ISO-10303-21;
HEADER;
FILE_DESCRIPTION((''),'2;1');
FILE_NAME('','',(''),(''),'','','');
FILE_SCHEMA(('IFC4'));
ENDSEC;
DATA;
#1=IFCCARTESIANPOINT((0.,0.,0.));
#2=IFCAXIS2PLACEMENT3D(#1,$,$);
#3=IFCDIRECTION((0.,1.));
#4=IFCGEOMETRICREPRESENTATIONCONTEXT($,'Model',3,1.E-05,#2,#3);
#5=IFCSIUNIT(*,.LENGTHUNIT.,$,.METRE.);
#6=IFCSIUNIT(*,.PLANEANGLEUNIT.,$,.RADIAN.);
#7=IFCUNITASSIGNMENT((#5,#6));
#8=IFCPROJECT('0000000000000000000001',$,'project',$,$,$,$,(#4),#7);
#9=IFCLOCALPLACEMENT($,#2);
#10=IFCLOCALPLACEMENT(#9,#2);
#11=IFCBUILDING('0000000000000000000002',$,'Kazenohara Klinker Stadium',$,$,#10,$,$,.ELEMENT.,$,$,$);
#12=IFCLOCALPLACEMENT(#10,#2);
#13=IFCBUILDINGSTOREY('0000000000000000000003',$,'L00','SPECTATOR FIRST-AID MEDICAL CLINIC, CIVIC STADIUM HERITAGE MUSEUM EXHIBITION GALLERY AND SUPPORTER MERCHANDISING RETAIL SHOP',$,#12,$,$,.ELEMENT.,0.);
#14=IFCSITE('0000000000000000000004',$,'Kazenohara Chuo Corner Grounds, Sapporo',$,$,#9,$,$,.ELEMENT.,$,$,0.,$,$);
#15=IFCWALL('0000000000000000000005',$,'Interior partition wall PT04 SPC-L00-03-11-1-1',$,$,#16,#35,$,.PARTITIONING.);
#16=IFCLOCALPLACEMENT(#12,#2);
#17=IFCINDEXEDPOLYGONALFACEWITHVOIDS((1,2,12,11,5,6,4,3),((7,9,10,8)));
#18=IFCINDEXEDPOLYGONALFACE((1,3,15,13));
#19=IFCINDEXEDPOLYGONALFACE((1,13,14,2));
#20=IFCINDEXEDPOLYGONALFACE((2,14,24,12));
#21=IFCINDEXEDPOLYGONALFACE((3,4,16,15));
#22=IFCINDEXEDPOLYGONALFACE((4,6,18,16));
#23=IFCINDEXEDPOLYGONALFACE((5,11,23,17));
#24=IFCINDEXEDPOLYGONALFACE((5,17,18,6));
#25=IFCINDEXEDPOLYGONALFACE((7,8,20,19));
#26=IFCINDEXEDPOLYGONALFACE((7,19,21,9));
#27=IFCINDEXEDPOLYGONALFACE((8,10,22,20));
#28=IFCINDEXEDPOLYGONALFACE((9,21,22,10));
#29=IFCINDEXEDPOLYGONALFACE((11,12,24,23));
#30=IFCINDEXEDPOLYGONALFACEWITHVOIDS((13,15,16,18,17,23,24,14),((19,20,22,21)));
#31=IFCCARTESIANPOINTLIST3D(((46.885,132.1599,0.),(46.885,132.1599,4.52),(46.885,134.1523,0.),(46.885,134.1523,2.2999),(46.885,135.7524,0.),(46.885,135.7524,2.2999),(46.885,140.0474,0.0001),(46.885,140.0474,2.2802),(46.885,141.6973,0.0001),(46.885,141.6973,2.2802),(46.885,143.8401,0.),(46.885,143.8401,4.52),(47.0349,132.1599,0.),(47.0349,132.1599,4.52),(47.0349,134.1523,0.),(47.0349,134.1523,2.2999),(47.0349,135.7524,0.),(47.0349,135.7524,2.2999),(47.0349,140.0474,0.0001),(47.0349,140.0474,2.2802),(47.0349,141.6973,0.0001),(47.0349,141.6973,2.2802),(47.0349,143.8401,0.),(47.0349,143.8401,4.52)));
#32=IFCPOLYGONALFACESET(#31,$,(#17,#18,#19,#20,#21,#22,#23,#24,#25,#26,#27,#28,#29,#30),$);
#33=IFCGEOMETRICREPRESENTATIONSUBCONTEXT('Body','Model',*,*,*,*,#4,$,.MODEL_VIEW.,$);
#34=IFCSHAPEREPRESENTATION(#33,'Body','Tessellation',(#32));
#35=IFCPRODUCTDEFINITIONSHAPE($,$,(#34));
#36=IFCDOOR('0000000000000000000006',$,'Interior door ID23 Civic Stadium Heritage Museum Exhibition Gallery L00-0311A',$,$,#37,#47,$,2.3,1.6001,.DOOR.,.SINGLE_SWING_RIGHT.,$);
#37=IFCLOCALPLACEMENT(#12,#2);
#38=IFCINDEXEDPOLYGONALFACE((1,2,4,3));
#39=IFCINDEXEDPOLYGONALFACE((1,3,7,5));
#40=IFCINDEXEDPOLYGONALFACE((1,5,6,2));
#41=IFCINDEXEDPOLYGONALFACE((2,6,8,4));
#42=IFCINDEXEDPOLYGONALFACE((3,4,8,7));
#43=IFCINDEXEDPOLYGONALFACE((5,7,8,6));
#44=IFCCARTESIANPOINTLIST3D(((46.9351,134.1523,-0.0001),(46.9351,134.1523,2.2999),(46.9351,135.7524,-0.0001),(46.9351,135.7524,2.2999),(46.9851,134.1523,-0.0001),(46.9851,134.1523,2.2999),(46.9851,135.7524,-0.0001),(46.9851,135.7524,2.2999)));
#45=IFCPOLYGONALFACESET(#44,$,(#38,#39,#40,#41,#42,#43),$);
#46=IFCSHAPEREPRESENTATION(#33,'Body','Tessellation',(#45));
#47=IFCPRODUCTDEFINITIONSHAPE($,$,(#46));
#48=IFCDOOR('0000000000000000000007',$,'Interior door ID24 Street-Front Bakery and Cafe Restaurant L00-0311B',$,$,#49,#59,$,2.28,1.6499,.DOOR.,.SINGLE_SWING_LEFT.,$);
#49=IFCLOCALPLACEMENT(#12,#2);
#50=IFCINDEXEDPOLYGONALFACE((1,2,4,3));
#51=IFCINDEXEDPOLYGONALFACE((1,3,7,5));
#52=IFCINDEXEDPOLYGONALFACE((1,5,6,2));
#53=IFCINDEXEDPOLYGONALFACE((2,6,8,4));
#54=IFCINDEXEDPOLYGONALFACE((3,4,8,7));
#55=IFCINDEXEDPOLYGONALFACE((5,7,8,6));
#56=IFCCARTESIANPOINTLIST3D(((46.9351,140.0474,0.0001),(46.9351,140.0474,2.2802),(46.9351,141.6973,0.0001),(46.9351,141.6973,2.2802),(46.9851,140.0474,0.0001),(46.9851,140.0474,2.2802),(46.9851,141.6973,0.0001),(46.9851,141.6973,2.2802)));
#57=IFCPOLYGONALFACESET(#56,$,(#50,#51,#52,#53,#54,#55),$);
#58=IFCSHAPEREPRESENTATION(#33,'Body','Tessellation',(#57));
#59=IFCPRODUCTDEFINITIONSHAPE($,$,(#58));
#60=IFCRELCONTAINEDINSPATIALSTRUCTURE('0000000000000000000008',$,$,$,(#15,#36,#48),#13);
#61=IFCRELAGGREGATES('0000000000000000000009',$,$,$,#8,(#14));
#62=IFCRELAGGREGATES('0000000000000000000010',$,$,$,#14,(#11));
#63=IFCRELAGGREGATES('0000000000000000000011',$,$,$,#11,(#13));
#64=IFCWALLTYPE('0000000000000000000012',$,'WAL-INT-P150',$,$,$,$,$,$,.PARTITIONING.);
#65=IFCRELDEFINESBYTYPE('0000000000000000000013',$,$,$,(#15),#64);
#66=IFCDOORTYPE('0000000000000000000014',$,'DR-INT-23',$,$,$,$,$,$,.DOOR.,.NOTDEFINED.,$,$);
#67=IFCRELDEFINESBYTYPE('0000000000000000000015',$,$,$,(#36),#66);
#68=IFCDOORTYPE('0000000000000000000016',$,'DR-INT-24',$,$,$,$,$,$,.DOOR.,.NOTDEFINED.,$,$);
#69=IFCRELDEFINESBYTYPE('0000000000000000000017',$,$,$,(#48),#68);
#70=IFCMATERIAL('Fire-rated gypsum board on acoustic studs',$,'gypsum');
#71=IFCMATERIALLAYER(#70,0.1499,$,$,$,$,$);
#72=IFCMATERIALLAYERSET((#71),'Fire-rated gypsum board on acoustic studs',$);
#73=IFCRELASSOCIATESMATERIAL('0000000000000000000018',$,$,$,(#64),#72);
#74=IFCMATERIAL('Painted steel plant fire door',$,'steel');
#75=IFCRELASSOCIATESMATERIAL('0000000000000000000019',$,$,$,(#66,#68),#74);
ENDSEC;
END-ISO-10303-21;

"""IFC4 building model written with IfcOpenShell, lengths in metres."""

from ifc_helpers import new_model, si_unit, direction, frame, frame_2d, origin, place, context, subcontext, project, spatial, rectangle, extrude, material, layer, layer_set, type_object, element, fill, save


model = new_model("IFC4")

# Units and contexts
model_context = context("Model", 3, precision=1e-05, world=origin(), true_north=direction((0.0, 1.0)))
body_context = subcontext(model_context, "Body", "Model", "MODEL_VIEW")
ifc_project = project(units=[si_unit("LENGTHUNIT", "METRE"), si_unit("PLANEANGLEUNIT", "RADIAN")], contexts=[model_context])

# Site, building, storey
site_placement = place(None, origin())
site = spatial("IfcSite", under=ifc_project, at=site_placement, Name="Kazenohara Chuo Corner Grounds, Sapporo", CompositionType="ELEMENT", RefElevation=0.0)
building_placement = place(site_placement, origin())
building = spatial("IfcBuilding", under=site, at=building_placement, Name="Kazenohara Klinker Stadium", CompositionType="ELEMENT")
storey_placement = place(building_placement, origin())
storey = spatial("IfcBuildingStorey", under=building, at=storey_placement, Name="L00", Description="SPECTATOR FIRST-AID MEDICAL CLINIC, CIVIC STADIUM HERITAGE MUSEUM EXHIBITION GALLERY AND SUPPORTER MERCHANDISING RETAIL SHOP", CompositionType="ELEMENT", Elevation=0.0)

# Shared definitions
ifc_material_1 = material(Name="Fire-rated gypsum board on acoustic studs", Category="gypsum")
ifc_layer_1 = layer(ifc_material_1, 0.1499)
ifc_layer_set_1 = layer_set([ifc_layer_1], Name="Fire-rated gypsum board on acoustic studs")
wall_type_1 = type_object("IfcWallType", Name="WAL-INT-P150", PredefinedType="PARTITIONING", material=ifc_layer_set_1)

# Wall, openings, doors
wall_1_placement = place(storey_placement, frame((46.96, 132.1599, 0.0), z_axis=(0.0, 0.0, 1.0), x_axis=(0.0, 1.0, 0.0)))
wall_1 = element("IfcWall", 1, at=wall_1_placement, inside=storey, type_object=wall_type_1, Name="Interior partition wall PT04 SPC-L00-03-11-1-1", PredefinedType="PARTITIONING", context=body_context, shape_type="SweptSolid", body=[
    extrude(rectangle(XDim=11.6802, YDim=0.1499, at=frame_2d((5.8401, 0.0))), origin(), (0.0, 0.0, 1.0), 4.52),
])
opening_1_placement = place(wall_1_placement, frame((1.9924, 0.0, 0.0)))
opening_1 = element("IfcOpeningElement", 2, at=opening_1_placement, cuts=wall_1, PredefinedType="OPENING", context=body_context, shape_type="SweptSolid", body=[
    extrude(rectangle(XDim=1.6001, YDim=2.3, at=frame_2d((0.8, 1.1499))), frame((0.0, 0.085, 0.0), z_axis=(0.0, -1.0, 0.0), x_axis=(1.0, 0.0, 0.0)), (0.0, 0.0, 1.0), 0.1699),
])
opening_2_placement = place(wall_1_placement, frame((7.8875, 0.0, 0.0)))
opening_2 = element("IfcOpeningElement", 3, at=opening_2_placement, cuts=wall_1, PredefinedType="OPENING", context=body_context, shape_type="SweptSolid", body=[
    extrude(rectangle(XDim=1.6499, YDim=2.28, at=frame_2d((0.825, 1.1401))), frame((0.0, 0.085, 0.0), z_axis=(0.0, -1.0, 0.0), x_axis=(1.0, 0.0, 0.0)), (0.0, 0.0, 1.0), 0.1699),
])
ifc_material_2 = material(Name="Painted steel plant fire door", Category="steel")
door_type_1 = type_object("IfcDoorType", Name="DR-INT-23", OperationType="NOTDEFINED", PredefinedType="DOOR", material=ifc_material_2)
door_1_placement = place(opening_1_placement, origin())
door_1 = element("IfcDoor", 4, at=door_1_placement, inside=storey, type_object=door_type_1, Name="Interior door ID23 Civic Stadium Heritage Museum Exhibition Gallery L00-0311A", OperationType="SINGLE_SWING_RIGHT", OverallHeight=2.3, OverallWidth=1.6001, PredefinedType="DOOR", context=body_context, shape_type="SweptSolid", body=[
    extrude(rectangle(XDim=1.6001, YDim=2.3, at=frame_2d((0.8, 1.1499))), frame((0.0, 0.0249, 0.0), z_axis=(0.0, -1.0, 0.0), x_axis=(1.0, 0.0, 0.0)), (0.0, 0.0, 1.0), 0.05),
])
fill(opening_1, door_1)
door_type_2 = type_object("IfcDoorType", Name="DR-INT-24", OperationType="NOTDEFINED", PredefinedType="DOOR", material=ifc_material_2)
door_2_placement = place(opening_2_placement, origin())
door_2 = element("IfcDoor", 5, at=door_2_placement, inside=storey, type_object=door_type_2, Name="Interior door ID24 Street-Front Bakery and Cafe Restaurant L00-0311B", OperationType="SINGLE_SWING_LEFT", OverallHeight=2.28, OverallWidth=1.6499, PredefinedType="DOOR", context=body_context, shape_type="SweptSolid", body=[
    extrude(rectangle(XDim=1.6499, YDim=2.28, at=frame_2d((0.825, 1.1401))), frame((0.0, 0.0249, 0.0), z_axis=(0.0, -1.0, 0.0), x_axis=(1.0, 0.0, 0.0)), (0.0, 0.0, 1.0), 0.05),
])
fill(opening_2, door_2)

save(model, "model.ifc")
